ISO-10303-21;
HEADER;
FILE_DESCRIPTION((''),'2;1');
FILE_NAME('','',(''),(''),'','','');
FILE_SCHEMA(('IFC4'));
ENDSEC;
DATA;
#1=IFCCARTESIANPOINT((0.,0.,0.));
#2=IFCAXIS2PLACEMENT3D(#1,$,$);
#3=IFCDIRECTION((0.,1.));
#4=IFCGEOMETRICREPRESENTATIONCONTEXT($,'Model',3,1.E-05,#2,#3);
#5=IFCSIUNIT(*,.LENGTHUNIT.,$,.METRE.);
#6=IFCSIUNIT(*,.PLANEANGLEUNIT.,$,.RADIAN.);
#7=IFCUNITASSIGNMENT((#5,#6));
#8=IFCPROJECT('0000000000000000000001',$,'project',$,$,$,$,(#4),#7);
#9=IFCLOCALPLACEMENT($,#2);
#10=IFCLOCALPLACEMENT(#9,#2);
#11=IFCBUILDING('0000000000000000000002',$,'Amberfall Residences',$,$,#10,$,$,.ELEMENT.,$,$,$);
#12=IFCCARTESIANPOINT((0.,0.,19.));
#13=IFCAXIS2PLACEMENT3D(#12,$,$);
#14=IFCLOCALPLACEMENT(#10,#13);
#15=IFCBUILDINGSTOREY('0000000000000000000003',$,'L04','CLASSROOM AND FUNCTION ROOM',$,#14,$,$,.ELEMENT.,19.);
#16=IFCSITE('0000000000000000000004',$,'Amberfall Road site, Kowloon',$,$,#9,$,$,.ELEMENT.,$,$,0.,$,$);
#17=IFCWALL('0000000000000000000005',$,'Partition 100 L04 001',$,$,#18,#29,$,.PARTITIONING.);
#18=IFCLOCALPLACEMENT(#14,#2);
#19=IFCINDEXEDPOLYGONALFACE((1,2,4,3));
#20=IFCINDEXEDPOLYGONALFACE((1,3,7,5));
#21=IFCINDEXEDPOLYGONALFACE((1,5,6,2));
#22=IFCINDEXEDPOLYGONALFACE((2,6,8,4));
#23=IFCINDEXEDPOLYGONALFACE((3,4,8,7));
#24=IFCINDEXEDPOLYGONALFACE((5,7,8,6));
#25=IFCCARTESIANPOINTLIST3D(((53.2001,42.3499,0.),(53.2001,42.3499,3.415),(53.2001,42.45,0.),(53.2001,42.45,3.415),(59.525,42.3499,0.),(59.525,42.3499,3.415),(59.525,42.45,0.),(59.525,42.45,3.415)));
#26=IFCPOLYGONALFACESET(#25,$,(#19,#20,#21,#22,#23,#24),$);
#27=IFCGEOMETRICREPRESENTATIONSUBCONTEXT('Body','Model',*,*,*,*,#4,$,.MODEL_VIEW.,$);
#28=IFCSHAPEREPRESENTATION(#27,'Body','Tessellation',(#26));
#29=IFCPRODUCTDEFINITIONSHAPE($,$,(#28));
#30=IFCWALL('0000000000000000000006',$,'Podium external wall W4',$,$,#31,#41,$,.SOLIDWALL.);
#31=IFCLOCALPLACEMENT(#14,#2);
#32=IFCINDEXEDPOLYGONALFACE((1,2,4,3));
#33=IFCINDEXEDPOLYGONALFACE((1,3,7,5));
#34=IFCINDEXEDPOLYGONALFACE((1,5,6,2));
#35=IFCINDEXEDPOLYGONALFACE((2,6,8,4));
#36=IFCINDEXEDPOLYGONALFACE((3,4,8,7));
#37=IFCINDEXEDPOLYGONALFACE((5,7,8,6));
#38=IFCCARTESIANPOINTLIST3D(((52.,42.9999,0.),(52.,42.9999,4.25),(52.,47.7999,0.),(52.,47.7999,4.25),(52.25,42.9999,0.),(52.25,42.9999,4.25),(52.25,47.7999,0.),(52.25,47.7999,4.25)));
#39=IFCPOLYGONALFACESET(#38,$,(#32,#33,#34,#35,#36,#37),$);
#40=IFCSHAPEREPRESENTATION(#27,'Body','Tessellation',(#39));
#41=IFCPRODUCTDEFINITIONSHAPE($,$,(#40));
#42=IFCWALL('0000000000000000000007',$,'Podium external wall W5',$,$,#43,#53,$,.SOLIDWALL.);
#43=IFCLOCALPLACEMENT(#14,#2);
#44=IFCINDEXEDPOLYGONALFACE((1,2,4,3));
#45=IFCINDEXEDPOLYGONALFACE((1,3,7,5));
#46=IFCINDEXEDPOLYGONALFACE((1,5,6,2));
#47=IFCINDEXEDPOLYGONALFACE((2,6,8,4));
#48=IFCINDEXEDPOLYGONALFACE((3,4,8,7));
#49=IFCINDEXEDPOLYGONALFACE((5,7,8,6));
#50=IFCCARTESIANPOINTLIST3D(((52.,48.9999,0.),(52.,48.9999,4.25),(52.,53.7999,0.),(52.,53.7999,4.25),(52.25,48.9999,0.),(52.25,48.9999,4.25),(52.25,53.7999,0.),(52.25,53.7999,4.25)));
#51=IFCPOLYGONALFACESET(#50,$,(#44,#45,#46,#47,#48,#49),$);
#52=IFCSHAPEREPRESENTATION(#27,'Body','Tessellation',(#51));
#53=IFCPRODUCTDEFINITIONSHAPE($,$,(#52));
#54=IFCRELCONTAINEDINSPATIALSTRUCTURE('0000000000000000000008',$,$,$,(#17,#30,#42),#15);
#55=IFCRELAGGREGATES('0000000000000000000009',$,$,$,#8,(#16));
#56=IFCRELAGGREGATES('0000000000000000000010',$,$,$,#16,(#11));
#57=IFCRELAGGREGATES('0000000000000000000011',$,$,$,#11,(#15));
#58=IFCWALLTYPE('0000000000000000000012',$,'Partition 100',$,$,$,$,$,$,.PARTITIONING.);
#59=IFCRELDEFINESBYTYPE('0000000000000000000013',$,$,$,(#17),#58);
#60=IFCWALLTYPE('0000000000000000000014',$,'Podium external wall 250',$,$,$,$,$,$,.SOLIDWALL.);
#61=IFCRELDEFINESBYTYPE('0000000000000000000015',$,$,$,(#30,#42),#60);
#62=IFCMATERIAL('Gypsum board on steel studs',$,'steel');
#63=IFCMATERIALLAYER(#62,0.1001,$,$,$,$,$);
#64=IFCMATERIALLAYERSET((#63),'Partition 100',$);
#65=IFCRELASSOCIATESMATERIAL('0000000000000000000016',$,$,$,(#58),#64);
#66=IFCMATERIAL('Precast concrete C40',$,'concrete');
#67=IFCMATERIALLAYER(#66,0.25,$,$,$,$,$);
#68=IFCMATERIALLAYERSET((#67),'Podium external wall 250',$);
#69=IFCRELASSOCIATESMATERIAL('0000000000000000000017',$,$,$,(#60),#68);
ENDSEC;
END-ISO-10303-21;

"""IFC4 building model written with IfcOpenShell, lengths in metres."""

from ifc_helpers import new_model, si_unit, direction, frame, frame_2d, origin, place, context, subcontext, project, spatial, rectangle, extrude, material, layer, layer_set, type_object, element, save


model = new_model("IFC4")

# Units and contexts
model_context = context("Model", 3, precision=1e-05, world=origin(), true_north=direction((0.0, 1.0)))
body_context = subcontext(model_context, "Body", "Model", "MODEL_VIEW")
ifc_project = project(units=[si_unit("LENGTHUNIT", "METRE"), si_unit("PLANEANGLEUNIT", "RADIAN")], contexts=[model_context])

# Site, building, storey
site_placement = place(None, origin())
site = spatial("IfcSite", under=ifc_project, at=site_placement, Name="Amberfall Road site, Kowloon", CompositionType="ELEMENT", RefElevation=0.0)
building_placement = place(site_placement, origin())
building = spatial("IfcBuilding", under=site, at=building_placement, Name="Amberfall Residences", CompositionType="ELEMENT")
storey_placement = place(building_placement, frame((0.0, 0.0, 19.0)))
storey = spatial("IfcBuildingStorey", under=building, at=storey_placement, Name="L04", Description="CLASSROOM AND FUNCTION ROOM", CompositionType="ELEMENT", Elevation=19.0)

# Walls
ifc_material_1 = material(Name="Gypsum board on steel studs", Category="steel")
ifc_layer_1 = layer(ifc_material_1, 0.1001)
ifc_layer_set_1 = layer_set([ifc_layer_1], Name="Partition 100")
wall_type_1 = type_object("IfcWallType", Name="Partition 100", PredefinedType="PARTITIONING", material=ifc_layer_set_1)
wall_placement = place(storey_placement, frame((53.2, 42.3999, 0.0), z_axis=(0.0, 0.0, 1.0), x_axis=(1.0, 0.0, 0.0)))
element("IfcWall", 1, at=wall_placement, inside=storey, type_object=wall_type_1, Name="Partition 100 L04 001", PredefinedType="PARTITIONING", context=body_context, shape_type="SweptSolid", body=[
    extrude(rectangle(XDim=6.325, YDim=0.1001, at=frame_2d((3.1626, 0.0))), origin(), (0.0, 0.0, 1.0), 3.415),
])
ifc_material_2 = material(Name="Precast concrete C40", Category="concrete")
ifc_layer_2 = layer(ifc_material_2, 0.25)
ifc_layer_set_2 = layer_set([ifc_layer_2], Name="Podium external wall 250")
wall_type_2 = type_object("IfcWallType", Name="Podium external wall 250", PredefinedType="SOLIDWALL", material=ifc_layer_set_2)
for number, where, z_axis, x_axis, name in (
    (2, (52.125, 43.0, 0.0), (0.0, 0.0, 1.0), (0.0, 1.0, 0.0), "Podium external wall W4"),
    (3, (52.125, 49.0, 0.0), (0.0, 0.0, 1.0), (0.0, 1.0, 0.0), "Podium external wall W5"),
):
    element("IfcWall", number, at=place(storey_placement, frame(where, z_axis=z_axis, x_axis=x_axis)), inside=storey, type_object=wall_type_2, Name=name, PredefinedType="SOLIDWALL", context=body_context, shape_type="SweptSolid", body=[
        extrude(rectangle(XDim=4.8, YDim=0.25, at=frame_2d((2.3999, 0.0))), origin(), (0.0, 0.0, 1.0), 4.25),
    ])

save(model, "model.ifc")
